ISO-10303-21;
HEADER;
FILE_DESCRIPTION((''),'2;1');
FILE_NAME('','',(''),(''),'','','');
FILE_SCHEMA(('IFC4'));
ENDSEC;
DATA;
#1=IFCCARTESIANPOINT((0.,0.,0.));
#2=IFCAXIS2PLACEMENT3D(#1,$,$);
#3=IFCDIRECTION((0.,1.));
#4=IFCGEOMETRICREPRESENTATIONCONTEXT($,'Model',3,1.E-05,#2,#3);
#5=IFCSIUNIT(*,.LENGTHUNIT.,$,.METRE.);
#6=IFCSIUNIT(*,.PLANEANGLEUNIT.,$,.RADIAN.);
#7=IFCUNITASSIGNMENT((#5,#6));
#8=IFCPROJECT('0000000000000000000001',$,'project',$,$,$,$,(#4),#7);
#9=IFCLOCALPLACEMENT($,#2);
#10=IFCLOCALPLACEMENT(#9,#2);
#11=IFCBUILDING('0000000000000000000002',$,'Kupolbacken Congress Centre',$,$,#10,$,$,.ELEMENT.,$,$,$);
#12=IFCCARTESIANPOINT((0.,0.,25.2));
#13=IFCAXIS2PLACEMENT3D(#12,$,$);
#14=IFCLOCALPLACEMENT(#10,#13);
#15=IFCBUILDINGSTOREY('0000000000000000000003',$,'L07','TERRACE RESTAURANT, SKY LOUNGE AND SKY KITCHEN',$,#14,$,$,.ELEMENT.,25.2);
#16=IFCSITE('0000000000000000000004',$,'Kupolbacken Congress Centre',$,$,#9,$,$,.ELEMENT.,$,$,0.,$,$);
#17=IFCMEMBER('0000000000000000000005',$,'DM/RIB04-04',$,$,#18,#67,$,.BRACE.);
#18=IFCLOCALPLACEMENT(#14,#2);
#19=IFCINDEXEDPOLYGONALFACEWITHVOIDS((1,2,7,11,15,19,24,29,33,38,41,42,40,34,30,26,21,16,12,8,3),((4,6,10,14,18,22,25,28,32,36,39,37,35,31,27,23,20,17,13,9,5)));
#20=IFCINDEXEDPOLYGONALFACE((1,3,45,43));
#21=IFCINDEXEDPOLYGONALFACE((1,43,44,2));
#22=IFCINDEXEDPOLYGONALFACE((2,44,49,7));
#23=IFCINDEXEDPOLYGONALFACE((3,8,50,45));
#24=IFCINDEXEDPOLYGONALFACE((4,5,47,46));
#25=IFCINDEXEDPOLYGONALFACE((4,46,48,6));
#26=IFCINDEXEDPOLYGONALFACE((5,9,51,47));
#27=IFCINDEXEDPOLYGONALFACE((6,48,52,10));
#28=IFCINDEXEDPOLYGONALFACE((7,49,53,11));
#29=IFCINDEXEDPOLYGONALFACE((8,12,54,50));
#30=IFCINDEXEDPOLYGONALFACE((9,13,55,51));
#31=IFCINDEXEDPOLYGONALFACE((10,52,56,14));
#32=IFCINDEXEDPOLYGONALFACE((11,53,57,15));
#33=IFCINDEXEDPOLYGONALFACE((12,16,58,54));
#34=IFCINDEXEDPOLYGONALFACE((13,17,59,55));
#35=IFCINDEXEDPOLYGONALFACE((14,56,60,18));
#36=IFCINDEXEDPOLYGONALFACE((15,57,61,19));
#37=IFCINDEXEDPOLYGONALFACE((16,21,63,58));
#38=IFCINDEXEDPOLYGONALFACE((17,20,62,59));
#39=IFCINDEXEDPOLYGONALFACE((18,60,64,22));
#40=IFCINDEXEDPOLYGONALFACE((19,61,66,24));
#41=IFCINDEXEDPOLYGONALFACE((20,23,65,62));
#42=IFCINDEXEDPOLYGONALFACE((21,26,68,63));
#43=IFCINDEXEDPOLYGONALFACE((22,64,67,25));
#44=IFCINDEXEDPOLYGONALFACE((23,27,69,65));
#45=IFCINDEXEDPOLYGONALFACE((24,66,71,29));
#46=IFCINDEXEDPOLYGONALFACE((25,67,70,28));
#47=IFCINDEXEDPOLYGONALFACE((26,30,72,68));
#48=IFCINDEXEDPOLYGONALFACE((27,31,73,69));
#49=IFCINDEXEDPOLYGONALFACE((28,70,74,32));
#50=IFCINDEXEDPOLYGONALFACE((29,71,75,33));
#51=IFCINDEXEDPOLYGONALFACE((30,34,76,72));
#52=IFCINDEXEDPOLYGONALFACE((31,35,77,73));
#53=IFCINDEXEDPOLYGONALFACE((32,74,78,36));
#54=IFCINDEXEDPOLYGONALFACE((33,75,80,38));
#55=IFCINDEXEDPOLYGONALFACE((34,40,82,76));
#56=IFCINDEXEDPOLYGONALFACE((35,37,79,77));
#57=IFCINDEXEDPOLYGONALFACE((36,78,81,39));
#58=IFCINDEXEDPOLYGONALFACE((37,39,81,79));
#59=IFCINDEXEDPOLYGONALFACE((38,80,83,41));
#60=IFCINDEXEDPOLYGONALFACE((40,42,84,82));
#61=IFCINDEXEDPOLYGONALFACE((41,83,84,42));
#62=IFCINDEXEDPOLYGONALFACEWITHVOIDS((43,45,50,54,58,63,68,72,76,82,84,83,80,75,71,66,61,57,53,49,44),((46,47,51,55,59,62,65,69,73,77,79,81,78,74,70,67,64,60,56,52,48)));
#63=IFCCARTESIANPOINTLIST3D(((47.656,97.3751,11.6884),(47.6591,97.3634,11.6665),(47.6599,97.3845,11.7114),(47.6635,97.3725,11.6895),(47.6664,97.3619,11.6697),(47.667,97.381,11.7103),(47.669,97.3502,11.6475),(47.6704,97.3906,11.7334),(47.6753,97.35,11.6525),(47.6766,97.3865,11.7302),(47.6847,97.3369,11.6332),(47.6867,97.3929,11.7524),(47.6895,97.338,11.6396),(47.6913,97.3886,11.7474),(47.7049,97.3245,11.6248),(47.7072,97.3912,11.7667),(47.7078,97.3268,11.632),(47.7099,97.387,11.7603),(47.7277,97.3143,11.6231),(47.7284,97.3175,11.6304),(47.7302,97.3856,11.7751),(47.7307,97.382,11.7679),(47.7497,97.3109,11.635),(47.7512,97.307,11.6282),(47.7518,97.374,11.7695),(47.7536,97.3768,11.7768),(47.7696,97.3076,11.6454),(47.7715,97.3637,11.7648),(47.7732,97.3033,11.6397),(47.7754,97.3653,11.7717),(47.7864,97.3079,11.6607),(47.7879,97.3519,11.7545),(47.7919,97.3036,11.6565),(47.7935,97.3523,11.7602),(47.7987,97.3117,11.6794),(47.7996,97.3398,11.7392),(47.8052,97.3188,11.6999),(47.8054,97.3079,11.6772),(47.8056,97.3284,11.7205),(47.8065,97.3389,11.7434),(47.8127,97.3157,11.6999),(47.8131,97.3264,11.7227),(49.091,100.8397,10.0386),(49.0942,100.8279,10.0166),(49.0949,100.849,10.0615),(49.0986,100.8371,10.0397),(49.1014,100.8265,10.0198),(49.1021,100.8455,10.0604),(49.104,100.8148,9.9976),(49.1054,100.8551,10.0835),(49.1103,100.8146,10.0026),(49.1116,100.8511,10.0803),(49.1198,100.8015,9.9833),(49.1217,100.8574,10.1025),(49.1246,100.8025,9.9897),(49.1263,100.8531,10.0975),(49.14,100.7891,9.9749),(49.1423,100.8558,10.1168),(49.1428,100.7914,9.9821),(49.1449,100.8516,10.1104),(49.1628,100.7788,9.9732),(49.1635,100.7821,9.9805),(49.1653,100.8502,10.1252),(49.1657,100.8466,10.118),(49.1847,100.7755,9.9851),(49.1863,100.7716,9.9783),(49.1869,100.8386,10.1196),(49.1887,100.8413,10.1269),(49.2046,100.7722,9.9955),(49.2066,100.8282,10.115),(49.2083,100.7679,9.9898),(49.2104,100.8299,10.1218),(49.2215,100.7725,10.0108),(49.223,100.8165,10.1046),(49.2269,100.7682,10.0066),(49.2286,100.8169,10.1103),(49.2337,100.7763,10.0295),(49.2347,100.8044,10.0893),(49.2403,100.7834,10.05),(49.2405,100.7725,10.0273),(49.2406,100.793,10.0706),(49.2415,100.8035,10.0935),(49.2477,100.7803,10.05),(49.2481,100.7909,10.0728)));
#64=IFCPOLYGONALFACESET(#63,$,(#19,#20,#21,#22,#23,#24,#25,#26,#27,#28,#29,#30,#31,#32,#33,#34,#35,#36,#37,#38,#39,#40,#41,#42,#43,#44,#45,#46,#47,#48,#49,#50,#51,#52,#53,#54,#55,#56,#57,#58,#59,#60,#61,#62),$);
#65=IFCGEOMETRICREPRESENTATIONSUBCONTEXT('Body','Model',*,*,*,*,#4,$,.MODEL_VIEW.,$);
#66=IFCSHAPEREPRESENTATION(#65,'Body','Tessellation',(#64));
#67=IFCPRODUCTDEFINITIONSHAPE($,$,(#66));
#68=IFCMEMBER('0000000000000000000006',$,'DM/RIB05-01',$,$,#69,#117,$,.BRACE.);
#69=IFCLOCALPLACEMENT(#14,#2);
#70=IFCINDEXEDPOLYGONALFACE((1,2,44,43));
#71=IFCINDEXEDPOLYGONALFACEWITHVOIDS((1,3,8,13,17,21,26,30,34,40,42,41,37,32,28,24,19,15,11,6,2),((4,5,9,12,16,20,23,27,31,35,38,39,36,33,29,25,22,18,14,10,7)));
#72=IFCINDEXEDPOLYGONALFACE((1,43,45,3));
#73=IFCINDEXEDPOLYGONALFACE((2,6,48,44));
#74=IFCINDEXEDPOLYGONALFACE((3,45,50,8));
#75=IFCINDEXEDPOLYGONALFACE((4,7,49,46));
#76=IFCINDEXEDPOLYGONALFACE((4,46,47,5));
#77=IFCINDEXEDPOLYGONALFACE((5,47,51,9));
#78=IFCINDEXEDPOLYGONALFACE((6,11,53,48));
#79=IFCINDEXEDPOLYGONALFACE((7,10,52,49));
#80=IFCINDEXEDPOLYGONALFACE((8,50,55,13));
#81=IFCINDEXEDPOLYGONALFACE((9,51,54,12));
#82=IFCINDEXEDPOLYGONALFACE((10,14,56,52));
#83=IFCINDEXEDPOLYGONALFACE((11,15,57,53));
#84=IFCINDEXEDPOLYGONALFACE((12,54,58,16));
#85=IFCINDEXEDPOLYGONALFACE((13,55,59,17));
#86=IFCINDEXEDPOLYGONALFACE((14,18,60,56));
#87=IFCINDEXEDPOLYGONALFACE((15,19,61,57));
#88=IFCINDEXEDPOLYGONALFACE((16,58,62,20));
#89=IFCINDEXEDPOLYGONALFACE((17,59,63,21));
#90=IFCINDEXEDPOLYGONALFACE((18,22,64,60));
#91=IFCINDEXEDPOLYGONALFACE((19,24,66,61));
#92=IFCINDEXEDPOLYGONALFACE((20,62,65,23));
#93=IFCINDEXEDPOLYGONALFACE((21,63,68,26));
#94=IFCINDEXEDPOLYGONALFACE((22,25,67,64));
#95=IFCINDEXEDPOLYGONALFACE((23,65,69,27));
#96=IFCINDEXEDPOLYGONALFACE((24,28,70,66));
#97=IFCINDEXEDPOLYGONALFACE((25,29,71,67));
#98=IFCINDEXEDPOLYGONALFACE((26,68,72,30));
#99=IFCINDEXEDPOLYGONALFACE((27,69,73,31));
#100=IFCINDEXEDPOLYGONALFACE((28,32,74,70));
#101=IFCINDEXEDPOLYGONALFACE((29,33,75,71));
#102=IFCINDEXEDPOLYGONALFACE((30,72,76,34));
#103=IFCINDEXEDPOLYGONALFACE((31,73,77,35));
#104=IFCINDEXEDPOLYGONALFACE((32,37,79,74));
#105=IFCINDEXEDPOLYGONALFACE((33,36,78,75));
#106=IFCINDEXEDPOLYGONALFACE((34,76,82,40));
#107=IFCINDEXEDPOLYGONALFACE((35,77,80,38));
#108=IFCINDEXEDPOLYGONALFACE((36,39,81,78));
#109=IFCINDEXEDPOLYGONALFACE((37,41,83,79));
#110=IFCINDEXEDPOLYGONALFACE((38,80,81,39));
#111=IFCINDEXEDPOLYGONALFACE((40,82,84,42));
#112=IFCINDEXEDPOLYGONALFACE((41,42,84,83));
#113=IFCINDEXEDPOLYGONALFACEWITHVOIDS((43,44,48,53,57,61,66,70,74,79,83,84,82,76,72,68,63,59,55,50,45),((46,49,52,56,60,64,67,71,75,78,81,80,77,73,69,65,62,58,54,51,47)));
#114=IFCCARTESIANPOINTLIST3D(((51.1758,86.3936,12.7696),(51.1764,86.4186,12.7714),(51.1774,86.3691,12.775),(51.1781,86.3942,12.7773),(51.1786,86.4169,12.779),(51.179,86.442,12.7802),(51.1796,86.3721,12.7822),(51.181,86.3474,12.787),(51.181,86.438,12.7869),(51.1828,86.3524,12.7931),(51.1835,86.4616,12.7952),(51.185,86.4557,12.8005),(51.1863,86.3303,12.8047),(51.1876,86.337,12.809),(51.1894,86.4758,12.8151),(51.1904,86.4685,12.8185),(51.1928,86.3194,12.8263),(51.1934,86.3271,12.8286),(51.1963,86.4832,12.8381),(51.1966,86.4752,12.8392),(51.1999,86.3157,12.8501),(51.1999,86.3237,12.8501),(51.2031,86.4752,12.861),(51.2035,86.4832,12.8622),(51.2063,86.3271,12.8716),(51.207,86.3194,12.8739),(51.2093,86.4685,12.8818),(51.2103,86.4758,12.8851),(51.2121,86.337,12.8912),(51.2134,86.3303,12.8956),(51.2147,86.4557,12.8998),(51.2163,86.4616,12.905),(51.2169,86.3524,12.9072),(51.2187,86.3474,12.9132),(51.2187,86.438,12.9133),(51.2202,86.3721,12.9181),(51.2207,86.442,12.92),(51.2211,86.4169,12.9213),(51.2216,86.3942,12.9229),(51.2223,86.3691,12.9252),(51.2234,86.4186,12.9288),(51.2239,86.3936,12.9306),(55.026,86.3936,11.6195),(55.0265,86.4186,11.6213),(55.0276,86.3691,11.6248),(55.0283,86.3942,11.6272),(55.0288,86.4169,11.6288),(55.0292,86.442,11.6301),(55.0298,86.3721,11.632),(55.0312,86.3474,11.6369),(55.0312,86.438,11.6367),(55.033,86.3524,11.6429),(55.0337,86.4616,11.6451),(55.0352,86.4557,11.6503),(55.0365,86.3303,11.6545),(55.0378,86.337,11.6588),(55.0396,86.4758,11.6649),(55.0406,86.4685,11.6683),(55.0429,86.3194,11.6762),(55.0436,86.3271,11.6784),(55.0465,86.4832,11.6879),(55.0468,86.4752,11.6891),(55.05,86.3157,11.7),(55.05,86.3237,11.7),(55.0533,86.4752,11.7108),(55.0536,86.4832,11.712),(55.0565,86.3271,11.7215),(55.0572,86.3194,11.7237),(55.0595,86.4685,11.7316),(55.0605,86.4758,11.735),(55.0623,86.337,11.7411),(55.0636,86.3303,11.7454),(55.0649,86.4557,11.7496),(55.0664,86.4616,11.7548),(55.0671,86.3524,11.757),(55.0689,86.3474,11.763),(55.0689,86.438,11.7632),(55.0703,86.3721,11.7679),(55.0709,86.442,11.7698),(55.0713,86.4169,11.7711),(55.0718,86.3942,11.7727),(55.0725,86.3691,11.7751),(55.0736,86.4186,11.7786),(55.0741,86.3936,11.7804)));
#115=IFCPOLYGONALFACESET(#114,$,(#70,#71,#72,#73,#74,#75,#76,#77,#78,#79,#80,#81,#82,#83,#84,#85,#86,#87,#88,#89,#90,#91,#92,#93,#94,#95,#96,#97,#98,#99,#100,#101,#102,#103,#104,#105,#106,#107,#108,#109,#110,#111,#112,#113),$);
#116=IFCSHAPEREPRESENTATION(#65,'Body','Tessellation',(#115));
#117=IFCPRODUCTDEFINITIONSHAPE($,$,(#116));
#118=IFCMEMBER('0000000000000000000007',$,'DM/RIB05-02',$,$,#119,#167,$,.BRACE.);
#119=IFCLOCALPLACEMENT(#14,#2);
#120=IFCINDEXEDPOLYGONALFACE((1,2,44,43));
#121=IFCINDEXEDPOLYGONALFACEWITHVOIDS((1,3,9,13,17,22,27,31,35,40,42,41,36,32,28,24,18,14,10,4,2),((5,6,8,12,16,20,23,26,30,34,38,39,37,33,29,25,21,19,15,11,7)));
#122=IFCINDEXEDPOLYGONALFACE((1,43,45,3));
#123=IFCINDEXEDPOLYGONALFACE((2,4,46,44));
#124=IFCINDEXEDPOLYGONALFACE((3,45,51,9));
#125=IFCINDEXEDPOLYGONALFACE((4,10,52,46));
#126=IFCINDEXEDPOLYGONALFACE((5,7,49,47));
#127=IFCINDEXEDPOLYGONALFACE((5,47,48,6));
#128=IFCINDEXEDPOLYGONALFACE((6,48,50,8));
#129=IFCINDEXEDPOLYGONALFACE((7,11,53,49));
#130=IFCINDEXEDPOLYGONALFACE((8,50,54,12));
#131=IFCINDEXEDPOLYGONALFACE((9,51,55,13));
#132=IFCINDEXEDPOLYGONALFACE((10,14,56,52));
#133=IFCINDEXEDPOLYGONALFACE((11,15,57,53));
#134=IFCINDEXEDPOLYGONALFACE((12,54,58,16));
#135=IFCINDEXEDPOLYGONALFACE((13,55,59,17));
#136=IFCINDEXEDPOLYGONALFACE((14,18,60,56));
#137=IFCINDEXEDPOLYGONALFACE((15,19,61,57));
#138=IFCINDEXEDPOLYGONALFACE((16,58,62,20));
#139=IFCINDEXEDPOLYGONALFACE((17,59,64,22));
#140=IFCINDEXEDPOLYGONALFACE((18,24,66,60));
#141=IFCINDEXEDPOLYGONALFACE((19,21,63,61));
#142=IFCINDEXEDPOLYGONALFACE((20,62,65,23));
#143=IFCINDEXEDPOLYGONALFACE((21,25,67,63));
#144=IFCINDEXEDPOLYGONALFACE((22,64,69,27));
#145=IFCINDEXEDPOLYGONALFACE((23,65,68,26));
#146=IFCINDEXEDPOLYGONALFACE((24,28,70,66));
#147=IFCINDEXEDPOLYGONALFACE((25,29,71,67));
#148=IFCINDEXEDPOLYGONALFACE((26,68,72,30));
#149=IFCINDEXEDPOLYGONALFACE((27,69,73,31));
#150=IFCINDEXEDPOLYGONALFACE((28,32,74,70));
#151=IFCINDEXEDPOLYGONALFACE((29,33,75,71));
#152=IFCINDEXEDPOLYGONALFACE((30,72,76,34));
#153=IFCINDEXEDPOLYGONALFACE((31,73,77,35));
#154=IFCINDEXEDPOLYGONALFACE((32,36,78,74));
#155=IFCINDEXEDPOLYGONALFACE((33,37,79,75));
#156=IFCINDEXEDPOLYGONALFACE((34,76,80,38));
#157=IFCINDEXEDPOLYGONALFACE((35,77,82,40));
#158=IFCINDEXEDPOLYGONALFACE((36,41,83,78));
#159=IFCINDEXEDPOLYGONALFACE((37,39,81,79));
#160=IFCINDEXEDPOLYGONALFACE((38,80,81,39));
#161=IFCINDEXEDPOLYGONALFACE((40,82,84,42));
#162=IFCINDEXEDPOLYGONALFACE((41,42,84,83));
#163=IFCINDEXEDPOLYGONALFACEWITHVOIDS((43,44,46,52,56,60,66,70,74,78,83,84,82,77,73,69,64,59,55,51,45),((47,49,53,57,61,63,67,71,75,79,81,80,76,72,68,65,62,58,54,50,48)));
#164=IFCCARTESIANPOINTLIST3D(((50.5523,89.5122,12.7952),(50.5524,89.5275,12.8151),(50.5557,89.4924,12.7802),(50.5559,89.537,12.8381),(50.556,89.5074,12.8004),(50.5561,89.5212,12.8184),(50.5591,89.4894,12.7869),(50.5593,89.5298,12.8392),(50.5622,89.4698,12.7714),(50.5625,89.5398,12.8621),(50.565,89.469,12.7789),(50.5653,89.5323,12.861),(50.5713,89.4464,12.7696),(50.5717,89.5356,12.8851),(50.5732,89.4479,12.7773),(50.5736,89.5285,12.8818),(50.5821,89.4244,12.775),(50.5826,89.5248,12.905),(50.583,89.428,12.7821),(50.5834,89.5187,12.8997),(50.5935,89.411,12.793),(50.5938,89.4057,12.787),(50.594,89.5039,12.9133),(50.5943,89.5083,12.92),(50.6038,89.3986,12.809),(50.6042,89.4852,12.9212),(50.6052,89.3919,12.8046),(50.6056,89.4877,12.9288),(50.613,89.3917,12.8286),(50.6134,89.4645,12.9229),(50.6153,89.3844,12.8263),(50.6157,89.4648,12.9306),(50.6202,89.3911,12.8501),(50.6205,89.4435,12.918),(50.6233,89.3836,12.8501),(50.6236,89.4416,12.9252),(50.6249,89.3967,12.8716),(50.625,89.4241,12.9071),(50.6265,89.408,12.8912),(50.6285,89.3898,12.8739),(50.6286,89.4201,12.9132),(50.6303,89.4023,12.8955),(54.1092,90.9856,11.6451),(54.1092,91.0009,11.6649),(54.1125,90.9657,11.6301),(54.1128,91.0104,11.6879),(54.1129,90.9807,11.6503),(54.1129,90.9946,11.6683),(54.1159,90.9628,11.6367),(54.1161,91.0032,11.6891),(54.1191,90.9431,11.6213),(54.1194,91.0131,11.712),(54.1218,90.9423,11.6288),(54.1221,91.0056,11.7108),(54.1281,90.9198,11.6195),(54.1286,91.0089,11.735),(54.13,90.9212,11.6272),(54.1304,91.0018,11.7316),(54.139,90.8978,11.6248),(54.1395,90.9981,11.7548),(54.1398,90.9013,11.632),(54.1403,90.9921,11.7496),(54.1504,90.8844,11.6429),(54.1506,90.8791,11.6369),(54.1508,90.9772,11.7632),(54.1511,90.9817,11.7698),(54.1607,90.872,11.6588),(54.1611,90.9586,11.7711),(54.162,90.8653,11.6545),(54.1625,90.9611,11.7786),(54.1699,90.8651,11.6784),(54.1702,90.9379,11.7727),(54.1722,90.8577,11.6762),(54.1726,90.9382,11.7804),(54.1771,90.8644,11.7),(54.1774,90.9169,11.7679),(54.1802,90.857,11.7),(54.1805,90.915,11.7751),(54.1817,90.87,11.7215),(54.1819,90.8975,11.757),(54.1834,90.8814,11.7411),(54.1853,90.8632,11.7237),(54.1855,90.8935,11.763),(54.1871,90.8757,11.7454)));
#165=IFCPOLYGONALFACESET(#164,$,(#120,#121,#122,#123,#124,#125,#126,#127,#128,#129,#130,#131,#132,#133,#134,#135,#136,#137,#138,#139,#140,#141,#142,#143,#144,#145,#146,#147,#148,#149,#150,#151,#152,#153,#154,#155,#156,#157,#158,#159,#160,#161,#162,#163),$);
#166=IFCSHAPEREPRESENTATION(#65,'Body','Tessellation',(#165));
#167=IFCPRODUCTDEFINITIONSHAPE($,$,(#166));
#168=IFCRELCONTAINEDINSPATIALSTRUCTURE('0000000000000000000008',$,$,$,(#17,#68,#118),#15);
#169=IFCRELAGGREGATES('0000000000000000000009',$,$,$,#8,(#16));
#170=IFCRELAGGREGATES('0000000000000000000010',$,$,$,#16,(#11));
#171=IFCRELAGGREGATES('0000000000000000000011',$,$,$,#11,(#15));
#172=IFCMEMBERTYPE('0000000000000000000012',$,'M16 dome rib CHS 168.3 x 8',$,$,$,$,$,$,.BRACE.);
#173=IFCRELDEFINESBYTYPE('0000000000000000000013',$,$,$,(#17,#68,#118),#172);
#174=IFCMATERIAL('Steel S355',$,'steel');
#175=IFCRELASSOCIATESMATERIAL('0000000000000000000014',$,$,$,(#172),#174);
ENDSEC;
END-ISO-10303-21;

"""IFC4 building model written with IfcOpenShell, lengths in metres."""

from ifc_helpers import new_model, si_unit, direction, frame, origin, origin_2d, place, context, subcontext, project, spatial, hollow_circle, extrude, material, material_profile, profile_set, type_object, element, save


model = new_model("IFC4")

# Units and contexts
model_context = context("Model", 3, precision=1e-05, world=origin(), true_north=direction((0.0, 1.0)))
body_context = subcontext(model_context, "Body", "Model", "MODEL_VIEW")
ifc_project = project(units=[si_unit("LENGTHUNIT", "METRE"), si_unit("PLANEANGLEUNIT", "RADIAN")], contexts=[model_context])

# Site, building, storey
site_placement = place(None, origin())
site = spatial("IfcSite", under=ifc_project, at=site_placement, Name="Kupolbacken Congress Centre", CompositionType="ELEMENT", RefElevation=0.0)
building_placement = place(site_placement, origin())
building = spatial("IfcBuilding", under=site, at=building_placement, Name="Kupolbacken Congress Centre", CompositionType="ELEMENT")
storey_placement = place(building_placement, frame((0.0, 0.0, 25.2)))
storey = spatial("IfcBuildingStorey", under=building, at=storey_placement, Name="L07", Description="TERRACE RESTAURANT, SKY LOUNGE AND SKY KITCHEN", CompositionType="ELEMENT", Elevation=25.2)

# Members
ifc_material_1 = material(Name="Steel S355", Category="steel")
ifc_material_profile_1 = material_profile(ifc_material_1, hollow_circle(Radius=0.0842, WallThickness=0.0081, at=origin_2d()), Name="CHS 168.3 x 8")
ifc_profile_set_1 = profile_set([ifc_material_profile_1], Name="Steel S355")
member_type_1 = type_object("IfcMemberType", Name="M16 dome rib CHS 168.3 x 8", PredefinedType="BRACE", material=ifc_profile_set_1)
for number, where, z_axis, x_axis, name in (
    (1, (49.1699, 100.8125, 10.05), (-0.350275, -0.845653, 0.402715), (0.923882, -0.382678, 0.0), "DM/RIB04-04"),
):
    element("IfcMember", number, at=place(storey_placement, frame(where, z_axis=z_axis, x_axis=x_axis)), inside=storey, type_object=member_type_1, Name=name, PredefinedType="BRACE", context=body_context, shape_type="SweptSolid", body=[
        extrude(hollow_circle(Radius=0.0842, WallThickness=0.0081, at=origin_2d()), origin(), (0.0, 0.0, 1.0), 4.0969),
    ])
member_1_placement = place(storey_placement, frame((55.05, 86.3999, 11.7), z_axis=(-0.95816, 0.0, 0.286233), x_axis=(0.0, -1.0, 0.0)))
element("IfcMember", 2, at=member_1_placement, inside=storey, type_object=member_type_1, Name="DM/RIB05-01", PredefinedType="BRACE", context=body_context, shape_type="SweptSolid", body=[
    extrude(hollow_circle(Radius=0.0842, WallThickness=0.0081, at=origin_2d()), origin(), (0.0, 0.0, 1.0), 4.0183),
])
for number, where, z_axis, x_axis, name in (
    (3, (54.1479, 90.9348, 11.7), (-0.885215, -0.366688, 0.286241), (0.382701, -0.923872, 0.0), "DM/RIB05-02"),
):
    element("IfcMember", number, at=place(storey_placement, frame(where, z_axis=z_axis, x_axis=x_axis)), inside=storey, type_object=member_type_1, Name=name, PredefinedType="BRACE", context=body_context, shape_type="SweptSolid", body=[
        extrude(hollow_circle(Radius=0.0842, WallThickness=0.0081, at=origin_2d()), origin(), (0.0, 0.0, 1.0), 4.0181),
    ])

save(model, "model.ifc")
